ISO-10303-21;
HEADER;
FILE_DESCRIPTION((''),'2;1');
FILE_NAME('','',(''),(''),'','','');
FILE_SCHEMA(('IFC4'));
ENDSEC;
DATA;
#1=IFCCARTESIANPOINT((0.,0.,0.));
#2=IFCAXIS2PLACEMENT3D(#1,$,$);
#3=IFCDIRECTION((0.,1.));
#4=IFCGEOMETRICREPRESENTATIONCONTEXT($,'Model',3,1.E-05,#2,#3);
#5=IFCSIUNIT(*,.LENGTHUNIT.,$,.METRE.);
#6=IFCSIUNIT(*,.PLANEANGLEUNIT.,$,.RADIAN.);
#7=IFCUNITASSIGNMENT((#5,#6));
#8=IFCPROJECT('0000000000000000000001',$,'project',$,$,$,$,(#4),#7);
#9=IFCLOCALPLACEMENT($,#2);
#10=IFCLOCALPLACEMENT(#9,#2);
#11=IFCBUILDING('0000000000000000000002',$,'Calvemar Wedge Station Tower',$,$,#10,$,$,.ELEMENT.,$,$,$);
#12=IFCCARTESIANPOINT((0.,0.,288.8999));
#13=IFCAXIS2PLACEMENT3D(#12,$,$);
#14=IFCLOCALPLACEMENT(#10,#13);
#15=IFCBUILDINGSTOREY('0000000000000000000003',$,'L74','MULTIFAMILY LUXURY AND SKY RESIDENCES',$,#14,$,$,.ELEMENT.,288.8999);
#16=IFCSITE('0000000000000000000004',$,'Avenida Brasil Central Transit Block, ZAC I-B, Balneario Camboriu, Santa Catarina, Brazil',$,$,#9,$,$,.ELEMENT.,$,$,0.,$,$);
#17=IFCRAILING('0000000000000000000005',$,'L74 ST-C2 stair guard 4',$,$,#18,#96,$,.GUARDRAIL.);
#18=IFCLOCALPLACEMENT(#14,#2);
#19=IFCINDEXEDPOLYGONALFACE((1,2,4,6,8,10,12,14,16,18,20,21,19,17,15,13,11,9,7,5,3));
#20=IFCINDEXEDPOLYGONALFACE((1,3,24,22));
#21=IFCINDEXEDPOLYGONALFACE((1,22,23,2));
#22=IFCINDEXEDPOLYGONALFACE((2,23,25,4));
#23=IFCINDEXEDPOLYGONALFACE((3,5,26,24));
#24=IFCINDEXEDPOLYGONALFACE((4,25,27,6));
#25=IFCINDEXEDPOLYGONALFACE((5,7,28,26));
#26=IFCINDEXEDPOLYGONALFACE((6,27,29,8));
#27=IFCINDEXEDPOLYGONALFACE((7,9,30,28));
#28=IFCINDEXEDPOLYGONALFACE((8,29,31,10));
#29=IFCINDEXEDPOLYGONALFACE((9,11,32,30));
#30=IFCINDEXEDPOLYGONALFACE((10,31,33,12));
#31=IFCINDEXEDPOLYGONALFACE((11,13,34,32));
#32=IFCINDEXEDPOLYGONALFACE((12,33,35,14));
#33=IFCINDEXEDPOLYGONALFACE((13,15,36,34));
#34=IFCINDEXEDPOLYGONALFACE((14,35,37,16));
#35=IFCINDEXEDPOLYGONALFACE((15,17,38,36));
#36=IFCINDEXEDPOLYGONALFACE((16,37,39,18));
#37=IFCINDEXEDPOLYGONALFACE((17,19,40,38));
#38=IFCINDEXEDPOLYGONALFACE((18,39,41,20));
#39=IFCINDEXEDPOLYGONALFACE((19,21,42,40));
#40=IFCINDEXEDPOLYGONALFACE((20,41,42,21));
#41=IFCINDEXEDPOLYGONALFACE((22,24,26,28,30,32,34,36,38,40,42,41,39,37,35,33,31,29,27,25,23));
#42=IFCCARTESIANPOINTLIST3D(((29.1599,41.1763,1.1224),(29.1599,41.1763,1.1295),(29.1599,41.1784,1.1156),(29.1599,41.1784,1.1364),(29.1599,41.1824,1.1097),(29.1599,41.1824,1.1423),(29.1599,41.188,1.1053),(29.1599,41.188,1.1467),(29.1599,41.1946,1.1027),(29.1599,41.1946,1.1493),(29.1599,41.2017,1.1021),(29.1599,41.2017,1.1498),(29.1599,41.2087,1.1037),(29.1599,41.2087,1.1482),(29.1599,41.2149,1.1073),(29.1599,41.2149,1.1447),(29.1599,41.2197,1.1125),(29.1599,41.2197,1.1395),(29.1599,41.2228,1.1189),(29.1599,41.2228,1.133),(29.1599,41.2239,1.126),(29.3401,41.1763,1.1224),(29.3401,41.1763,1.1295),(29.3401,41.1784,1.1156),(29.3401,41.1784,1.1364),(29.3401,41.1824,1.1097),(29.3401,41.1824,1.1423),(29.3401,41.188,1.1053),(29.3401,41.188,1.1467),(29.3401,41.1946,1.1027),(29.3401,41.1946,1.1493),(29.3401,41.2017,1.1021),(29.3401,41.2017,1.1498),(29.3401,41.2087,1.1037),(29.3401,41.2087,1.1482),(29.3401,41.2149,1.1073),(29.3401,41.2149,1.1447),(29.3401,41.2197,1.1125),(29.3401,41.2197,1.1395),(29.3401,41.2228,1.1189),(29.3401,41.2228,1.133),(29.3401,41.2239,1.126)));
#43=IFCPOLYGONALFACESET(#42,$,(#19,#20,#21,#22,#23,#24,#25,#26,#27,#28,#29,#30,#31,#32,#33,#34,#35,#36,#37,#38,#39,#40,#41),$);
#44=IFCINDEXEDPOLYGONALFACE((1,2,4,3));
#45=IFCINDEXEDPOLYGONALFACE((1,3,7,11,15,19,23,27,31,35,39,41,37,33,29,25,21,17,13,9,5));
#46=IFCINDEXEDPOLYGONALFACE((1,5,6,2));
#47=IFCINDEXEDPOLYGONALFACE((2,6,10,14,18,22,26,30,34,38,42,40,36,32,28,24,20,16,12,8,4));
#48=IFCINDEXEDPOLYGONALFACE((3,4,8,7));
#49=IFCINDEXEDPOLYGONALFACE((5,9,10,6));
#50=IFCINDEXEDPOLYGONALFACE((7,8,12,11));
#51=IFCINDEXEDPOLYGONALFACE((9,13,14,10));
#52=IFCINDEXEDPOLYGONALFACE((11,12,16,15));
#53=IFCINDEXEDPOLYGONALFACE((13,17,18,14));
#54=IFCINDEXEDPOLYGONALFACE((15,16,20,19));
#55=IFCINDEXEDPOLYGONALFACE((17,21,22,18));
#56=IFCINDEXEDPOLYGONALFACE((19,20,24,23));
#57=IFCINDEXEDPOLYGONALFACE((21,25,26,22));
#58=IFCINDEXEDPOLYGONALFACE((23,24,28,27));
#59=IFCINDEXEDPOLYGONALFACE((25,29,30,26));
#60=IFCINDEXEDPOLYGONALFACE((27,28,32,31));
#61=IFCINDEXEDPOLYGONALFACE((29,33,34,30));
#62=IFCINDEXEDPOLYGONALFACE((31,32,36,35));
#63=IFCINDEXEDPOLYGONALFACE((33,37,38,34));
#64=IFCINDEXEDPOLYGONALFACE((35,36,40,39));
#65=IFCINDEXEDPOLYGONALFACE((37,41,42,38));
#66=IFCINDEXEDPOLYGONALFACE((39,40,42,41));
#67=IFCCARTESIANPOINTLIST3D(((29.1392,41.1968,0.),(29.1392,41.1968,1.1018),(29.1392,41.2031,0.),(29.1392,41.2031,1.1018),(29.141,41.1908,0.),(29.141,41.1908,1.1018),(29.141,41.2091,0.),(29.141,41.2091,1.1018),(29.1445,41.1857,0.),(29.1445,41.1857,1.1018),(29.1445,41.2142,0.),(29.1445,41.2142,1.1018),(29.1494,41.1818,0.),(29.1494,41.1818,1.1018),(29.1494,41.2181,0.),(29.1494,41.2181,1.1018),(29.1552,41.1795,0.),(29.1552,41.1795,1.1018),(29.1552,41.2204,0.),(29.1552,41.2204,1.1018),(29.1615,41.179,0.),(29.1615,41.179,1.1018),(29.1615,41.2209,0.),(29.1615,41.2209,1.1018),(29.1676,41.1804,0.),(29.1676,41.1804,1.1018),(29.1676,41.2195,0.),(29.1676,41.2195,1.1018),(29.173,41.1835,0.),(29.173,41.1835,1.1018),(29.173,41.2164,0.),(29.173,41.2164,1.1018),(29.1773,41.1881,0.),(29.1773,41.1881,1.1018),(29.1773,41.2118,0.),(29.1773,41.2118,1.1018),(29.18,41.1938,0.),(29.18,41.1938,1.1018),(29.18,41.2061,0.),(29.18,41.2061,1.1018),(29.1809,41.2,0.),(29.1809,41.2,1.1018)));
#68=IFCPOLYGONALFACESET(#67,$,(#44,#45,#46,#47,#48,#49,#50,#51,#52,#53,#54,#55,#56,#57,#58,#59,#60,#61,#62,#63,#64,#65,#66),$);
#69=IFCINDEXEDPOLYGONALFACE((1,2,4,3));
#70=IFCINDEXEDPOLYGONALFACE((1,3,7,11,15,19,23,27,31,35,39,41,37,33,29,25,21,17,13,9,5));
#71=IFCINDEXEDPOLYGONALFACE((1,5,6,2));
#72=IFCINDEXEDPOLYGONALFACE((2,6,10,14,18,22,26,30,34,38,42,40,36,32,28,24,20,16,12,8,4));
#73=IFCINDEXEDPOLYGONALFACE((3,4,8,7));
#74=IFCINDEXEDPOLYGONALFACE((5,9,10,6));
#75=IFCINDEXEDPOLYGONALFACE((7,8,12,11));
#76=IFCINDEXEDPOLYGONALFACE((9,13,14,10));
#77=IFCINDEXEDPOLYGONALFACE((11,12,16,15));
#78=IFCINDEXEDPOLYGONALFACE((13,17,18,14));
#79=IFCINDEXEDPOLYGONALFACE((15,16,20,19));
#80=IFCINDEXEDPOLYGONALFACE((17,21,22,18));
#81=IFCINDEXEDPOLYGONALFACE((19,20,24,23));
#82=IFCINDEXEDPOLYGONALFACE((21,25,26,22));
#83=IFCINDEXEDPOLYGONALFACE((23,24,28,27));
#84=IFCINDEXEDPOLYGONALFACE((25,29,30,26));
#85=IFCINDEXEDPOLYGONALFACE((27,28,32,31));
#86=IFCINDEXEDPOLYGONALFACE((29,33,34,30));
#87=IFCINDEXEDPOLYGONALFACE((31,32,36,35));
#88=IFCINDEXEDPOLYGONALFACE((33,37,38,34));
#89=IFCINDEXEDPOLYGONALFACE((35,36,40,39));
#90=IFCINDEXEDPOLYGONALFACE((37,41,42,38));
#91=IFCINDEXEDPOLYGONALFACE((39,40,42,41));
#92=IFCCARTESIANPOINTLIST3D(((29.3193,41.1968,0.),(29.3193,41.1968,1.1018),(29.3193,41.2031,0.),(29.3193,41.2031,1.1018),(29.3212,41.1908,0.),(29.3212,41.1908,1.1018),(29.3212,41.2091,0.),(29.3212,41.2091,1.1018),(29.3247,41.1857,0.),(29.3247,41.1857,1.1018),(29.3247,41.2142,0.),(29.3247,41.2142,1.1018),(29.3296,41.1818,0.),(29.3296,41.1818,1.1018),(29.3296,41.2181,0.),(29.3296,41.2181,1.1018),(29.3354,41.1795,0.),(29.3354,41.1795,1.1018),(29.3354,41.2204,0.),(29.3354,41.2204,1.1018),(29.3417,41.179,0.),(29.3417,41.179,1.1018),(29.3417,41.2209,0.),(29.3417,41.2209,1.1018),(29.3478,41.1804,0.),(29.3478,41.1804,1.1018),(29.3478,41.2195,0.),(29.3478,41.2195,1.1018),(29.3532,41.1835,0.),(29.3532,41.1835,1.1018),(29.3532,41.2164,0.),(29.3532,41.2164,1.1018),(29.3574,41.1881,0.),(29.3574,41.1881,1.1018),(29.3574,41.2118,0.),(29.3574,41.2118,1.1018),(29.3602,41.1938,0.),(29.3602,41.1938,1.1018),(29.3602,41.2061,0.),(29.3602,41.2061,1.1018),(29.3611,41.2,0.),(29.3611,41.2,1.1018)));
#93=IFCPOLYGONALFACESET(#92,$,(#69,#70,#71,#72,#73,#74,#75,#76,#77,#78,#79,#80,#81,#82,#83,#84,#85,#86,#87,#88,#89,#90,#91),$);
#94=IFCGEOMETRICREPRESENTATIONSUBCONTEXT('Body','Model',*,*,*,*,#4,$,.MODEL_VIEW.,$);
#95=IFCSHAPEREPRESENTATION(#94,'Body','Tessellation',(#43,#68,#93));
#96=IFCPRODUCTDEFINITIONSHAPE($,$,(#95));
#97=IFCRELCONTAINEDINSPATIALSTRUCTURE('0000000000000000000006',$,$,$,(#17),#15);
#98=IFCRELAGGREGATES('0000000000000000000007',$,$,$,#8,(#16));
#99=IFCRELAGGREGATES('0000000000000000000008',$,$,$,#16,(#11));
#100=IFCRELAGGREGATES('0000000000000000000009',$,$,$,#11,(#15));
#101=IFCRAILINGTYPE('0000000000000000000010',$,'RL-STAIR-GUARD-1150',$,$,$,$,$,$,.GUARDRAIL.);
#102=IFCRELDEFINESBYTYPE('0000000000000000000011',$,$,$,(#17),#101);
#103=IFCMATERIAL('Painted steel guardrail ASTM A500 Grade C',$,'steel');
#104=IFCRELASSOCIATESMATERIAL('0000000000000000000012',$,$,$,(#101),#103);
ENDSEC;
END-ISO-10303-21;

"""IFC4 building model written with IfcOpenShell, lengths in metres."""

from ifc_helpers import new_model, si_unit, direction, frame, origin, origin_2d, place, context, subcontext, project, spatial, circle, extrude, material, type_object, element, save


model = new_model("IFC4")

# Units and contexts
model_context = context("Model", 3, precision=1e-05, world=origin(), true_north=direction((0.0, 1.0)))
body_context = subcontext(model_context, "Body", "Model", "MODEL_VIEW")
ifc_project = project(units=[si_unit("LENGTHUNIT", "METRE"), si_unit("PLANEANGLEUNIT", "RADIAN")], contexts=[model_context])

# Site, building, storey
site_placement = place(None, origin())
site = spatial("IfcSite", under=ifc_project, at=site_placement, Name="Avenida Brasil Central Transit Block, ZAC I-B, Balneario Camboriu, Santa Catarina, Brazil", CompositionType="ELEMENT", RefElevation=0.0)
building_placement = place(site_placement, origin())
building = spatial("IfcBuilding", under=site, at=building_placement, Name="Calvemar Wedge Station Tower", CompositionType="ELEMENT")
storey_placement = place(building_placement, frame((0.0, 0.0, 288.8999)))
storey = spatial("IfcBuildingStorey", under=building, at=storey_placement, Name="L74", Description="MULTIFAMILY LUXURY AND SKY RESIDENCES", CompositionType="ELEMENT", Elevation=288.8999)

# Railing
ifc_material_1 = material(Name="Painted steel guardrail ASTM A500 Grade C", Category="steel")
railing_type_1 = type_object("IfcRailingType", Name="RL-STAIR-GUARD-1150", PredefinedType="GUARDRAIL", material=ifc_material_1)
railing_1_placement = place(storey_placement, frame((29.1599, 41.2, 0.0)))
element("IfcRailing", 1, at=railing_1_placement, inside=storey, type_object=railing_type_1, Name="L74 ST-C2 stair guard 4", PredefinedType="GUARDRAIL", context=body_context, shape_type="SweptSolid", body=[
    extrude(circle(Radius=0.0239, at=origin_2d()), frame((0.0, 0.0, 1.126), z_axis=(1.0, 0.0, 0.0), x_axis=(0.0, 1.0, 0.0)), (0.0, 0.0, 1.0), 0.1802),
    extrude(circle(Radius=0.021, at=origin_2d()), origin(), (0.0, 0.0, 1.0), 1.1018),
    extrude(circle(Radius=0.021, at=origin_2d()), frame((0.1802, 0.0, 0.0)), (0.0, 0.0, 1.0), 1.1018),
])

save(model, "model.ifc")
